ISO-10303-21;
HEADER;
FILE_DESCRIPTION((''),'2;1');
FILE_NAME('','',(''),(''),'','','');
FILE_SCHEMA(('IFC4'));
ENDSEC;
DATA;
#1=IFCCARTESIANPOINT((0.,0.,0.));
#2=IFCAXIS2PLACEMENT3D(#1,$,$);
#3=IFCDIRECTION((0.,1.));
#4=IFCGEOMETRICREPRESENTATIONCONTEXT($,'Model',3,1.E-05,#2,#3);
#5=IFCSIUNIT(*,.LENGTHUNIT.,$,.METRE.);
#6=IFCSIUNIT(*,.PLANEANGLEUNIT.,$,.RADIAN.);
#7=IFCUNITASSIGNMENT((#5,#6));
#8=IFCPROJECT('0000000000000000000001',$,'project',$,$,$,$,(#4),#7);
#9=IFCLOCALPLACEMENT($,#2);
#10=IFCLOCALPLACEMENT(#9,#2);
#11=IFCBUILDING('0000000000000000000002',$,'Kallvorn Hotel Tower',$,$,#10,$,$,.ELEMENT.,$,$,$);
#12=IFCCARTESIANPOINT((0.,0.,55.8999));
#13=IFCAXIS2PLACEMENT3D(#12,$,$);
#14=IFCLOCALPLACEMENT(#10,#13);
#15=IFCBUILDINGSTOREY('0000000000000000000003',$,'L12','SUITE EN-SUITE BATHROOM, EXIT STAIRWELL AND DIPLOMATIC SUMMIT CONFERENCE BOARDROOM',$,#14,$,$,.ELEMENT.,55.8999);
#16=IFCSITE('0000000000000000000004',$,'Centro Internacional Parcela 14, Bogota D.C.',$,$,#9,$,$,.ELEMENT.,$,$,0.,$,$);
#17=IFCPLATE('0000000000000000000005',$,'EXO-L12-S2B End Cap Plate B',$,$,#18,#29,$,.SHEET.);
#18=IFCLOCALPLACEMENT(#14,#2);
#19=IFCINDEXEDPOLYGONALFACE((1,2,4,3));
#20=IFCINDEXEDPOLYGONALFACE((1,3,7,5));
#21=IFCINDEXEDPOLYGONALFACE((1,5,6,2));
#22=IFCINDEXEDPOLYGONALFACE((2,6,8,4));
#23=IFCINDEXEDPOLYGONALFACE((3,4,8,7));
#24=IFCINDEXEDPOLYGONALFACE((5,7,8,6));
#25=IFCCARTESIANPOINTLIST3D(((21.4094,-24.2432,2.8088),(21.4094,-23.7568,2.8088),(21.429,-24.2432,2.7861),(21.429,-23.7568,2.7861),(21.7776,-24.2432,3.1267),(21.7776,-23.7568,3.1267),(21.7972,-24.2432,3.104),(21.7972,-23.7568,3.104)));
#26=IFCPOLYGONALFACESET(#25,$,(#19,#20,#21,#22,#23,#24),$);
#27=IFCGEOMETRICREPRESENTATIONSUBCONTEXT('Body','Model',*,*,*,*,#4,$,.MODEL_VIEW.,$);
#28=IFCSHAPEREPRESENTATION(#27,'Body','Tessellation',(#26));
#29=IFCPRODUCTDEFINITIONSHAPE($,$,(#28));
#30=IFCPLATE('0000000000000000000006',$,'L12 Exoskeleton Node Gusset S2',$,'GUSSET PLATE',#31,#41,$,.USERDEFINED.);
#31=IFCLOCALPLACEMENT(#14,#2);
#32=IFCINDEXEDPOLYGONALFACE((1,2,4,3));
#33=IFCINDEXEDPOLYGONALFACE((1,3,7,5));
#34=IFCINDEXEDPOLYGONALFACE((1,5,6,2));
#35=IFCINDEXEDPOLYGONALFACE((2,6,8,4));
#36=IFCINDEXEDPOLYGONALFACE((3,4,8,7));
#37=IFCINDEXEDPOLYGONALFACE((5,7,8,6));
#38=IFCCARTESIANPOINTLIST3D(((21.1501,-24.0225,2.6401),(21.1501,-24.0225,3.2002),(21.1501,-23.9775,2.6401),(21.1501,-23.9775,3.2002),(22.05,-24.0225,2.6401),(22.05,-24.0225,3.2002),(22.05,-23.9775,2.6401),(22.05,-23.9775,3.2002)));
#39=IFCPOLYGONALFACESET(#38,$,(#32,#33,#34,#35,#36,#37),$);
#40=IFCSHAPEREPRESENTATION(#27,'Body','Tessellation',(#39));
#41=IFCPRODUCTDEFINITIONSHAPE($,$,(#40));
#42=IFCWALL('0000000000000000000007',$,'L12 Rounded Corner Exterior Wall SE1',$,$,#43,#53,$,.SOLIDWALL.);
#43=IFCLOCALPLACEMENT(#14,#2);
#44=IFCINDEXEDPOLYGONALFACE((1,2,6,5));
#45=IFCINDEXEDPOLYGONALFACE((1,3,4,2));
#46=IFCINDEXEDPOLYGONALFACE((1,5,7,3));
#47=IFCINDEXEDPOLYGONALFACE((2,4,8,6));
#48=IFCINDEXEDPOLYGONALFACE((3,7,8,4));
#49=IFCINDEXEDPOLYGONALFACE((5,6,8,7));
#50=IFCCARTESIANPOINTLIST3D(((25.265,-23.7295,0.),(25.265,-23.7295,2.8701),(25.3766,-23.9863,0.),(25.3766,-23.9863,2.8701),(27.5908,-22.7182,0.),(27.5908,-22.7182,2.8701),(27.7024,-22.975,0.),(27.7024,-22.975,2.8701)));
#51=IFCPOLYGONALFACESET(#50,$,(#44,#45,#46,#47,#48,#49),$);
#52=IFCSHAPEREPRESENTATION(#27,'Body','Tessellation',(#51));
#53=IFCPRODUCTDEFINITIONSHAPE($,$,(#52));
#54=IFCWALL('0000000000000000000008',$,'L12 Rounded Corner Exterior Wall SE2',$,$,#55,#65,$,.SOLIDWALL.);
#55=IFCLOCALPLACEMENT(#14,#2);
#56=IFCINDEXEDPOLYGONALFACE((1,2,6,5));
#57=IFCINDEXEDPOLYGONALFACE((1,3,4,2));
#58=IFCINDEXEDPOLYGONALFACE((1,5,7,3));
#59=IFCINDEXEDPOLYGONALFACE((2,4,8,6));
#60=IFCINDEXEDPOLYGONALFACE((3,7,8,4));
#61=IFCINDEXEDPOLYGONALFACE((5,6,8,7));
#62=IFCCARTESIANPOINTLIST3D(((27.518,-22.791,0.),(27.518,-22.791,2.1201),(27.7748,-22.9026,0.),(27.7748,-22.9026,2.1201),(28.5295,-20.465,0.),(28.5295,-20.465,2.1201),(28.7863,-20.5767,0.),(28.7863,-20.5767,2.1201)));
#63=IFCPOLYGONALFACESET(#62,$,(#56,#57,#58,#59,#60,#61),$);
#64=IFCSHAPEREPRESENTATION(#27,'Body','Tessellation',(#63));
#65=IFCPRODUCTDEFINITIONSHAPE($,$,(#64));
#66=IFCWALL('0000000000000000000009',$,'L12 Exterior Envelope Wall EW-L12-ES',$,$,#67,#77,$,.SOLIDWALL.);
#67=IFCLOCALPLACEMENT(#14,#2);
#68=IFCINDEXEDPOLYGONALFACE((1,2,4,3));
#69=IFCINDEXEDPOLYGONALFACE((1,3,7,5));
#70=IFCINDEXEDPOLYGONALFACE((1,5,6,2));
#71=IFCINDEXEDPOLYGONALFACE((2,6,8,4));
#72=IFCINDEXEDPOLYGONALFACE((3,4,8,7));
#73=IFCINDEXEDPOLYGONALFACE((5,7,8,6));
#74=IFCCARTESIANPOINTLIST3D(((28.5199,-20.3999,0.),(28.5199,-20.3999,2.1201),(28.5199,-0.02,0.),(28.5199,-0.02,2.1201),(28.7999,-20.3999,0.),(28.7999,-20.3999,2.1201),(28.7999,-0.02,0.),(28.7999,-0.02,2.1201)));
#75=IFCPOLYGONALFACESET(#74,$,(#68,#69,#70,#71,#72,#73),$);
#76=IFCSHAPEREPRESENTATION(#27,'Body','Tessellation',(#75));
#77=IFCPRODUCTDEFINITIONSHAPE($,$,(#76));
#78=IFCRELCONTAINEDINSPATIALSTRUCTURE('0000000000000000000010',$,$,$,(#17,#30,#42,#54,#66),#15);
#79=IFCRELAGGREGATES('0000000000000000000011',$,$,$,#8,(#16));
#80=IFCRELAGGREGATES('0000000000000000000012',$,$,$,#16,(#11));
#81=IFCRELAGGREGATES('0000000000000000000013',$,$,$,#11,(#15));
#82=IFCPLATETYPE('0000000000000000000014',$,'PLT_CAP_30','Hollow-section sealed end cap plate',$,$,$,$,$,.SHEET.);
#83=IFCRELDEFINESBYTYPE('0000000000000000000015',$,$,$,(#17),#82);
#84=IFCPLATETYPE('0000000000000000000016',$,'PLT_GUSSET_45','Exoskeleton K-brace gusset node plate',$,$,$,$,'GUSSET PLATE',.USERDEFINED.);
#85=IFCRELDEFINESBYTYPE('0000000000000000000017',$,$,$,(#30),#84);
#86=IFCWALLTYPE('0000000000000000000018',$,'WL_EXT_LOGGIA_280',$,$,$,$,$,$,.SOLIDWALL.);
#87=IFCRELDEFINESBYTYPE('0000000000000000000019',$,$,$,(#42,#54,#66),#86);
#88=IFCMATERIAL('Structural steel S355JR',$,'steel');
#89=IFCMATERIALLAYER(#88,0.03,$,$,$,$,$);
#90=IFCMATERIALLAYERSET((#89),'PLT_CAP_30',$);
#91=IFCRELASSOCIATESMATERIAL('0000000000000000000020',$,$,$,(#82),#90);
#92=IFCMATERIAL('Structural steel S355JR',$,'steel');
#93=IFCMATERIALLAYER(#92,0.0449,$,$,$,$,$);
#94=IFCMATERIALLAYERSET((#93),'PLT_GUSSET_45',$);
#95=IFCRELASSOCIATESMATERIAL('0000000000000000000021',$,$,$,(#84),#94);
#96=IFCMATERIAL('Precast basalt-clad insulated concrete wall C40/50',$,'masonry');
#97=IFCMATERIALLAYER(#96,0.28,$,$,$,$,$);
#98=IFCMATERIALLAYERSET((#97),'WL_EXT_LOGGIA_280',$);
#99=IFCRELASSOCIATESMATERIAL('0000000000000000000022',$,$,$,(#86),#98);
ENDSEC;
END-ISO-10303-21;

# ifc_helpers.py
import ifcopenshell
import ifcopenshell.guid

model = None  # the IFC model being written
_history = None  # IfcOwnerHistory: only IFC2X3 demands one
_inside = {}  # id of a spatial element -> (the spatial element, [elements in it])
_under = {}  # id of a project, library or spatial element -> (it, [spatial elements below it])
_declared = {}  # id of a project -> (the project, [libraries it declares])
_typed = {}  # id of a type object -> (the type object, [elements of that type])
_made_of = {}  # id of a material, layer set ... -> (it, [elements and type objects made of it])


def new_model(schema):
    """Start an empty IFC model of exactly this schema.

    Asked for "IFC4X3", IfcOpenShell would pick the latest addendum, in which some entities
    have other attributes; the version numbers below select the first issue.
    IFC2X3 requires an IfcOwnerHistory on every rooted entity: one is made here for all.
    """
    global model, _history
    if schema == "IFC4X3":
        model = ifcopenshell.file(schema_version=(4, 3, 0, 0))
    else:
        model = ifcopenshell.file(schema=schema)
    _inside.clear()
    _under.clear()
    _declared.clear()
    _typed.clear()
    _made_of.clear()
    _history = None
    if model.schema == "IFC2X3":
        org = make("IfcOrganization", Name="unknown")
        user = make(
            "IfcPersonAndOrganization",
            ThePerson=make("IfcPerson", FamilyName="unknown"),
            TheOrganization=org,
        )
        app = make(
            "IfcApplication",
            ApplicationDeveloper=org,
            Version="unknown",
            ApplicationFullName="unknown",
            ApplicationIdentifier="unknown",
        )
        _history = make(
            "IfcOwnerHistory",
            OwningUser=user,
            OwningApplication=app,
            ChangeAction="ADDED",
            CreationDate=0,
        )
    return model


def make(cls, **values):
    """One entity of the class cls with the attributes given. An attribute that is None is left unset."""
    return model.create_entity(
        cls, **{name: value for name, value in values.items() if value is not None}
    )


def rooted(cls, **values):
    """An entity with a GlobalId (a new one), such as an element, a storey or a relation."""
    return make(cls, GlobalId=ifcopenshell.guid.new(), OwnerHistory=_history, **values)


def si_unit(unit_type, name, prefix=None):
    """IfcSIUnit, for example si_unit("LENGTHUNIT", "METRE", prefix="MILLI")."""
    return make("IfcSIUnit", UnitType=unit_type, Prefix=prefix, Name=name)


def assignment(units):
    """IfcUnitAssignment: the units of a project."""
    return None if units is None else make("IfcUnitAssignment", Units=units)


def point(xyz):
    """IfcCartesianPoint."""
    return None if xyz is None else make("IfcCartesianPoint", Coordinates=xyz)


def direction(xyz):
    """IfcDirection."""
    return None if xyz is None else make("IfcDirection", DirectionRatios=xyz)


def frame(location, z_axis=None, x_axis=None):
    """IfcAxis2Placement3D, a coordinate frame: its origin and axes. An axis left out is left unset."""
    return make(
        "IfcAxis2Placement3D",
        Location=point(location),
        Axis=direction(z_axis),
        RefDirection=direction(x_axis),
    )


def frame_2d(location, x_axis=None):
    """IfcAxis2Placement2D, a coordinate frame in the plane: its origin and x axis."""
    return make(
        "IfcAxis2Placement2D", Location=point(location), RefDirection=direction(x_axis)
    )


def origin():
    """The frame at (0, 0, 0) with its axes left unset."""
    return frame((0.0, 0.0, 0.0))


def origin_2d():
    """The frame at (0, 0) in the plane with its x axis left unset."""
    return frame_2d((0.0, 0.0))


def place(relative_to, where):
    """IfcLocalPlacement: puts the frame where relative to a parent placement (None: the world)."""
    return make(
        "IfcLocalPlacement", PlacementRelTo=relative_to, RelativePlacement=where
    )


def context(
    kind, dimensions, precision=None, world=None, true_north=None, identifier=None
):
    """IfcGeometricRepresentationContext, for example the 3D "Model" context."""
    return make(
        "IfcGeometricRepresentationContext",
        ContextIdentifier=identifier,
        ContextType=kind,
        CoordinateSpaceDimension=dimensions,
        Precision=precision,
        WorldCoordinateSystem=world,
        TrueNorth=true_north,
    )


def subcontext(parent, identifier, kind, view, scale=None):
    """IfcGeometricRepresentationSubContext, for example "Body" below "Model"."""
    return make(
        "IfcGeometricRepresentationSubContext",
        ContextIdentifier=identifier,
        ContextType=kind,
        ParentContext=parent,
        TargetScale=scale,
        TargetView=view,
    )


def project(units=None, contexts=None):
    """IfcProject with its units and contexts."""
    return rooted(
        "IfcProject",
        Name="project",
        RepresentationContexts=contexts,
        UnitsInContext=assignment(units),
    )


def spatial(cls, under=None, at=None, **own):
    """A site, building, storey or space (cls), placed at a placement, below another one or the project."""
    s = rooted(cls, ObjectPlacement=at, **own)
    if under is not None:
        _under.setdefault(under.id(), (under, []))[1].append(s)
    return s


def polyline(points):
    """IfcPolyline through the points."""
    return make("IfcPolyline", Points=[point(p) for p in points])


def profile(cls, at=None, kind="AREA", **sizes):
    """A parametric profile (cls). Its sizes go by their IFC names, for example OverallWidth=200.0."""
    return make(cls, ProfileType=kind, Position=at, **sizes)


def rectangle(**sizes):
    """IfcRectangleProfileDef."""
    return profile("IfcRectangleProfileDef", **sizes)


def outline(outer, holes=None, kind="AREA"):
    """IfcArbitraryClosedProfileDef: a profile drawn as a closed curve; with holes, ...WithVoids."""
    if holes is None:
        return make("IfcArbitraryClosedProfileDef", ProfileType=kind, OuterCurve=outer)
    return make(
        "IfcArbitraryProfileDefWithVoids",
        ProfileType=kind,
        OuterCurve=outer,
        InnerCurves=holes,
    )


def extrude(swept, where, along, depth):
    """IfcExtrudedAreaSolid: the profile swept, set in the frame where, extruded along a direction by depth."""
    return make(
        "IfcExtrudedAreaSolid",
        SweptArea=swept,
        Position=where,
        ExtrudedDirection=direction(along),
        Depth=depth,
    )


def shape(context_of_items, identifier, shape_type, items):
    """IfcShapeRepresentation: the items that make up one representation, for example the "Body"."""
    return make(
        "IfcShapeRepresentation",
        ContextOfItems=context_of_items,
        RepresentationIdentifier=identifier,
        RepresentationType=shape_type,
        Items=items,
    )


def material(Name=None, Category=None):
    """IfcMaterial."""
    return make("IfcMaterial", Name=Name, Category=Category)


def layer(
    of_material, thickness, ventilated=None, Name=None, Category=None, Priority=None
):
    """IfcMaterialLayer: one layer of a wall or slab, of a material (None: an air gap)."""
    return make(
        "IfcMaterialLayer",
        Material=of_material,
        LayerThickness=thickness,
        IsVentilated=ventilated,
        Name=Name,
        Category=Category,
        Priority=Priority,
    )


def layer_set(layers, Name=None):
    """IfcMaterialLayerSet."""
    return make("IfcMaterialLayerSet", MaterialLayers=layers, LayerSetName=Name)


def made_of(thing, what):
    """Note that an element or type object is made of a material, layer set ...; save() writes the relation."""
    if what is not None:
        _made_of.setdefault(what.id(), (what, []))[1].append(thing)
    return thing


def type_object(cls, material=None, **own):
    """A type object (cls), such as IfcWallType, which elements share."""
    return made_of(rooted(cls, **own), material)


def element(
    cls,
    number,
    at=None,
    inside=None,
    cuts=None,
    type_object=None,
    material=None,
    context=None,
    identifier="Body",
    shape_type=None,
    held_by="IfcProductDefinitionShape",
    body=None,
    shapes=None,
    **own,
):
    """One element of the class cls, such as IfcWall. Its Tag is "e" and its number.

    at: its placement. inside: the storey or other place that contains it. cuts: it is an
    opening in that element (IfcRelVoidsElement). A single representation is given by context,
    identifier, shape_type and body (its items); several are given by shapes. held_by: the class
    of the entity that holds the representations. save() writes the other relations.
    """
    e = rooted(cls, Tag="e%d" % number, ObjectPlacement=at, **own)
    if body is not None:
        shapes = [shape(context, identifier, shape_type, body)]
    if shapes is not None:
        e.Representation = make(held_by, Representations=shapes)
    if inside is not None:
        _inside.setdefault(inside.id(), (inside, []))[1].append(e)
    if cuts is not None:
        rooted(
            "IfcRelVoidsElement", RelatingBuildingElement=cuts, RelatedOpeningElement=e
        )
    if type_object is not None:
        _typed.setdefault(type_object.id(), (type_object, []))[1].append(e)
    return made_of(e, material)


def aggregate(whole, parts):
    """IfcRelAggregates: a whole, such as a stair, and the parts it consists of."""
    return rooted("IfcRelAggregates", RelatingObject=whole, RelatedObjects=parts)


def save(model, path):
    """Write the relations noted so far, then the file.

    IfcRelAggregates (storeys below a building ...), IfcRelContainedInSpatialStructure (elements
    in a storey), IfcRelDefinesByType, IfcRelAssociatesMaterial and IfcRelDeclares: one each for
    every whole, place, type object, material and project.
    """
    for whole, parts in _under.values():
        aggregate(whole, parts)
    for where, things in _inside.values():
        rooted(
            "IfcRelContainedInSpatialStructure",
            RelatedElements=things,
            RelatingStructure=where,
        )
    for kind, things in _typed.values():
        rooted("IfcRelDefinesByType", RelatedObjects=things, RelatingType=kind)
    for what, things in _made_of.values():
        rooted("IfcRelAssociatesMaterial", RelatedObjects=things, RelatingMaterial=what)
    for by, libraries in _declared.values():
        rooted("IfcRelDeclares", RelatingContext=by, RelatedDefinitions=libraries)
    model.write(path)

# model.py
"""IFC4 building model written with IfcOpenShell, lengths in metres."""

from ifc_helpers import new_model, si_unit, direction, frame, frame_2d, origin, origin_2d, place, context, subcontext, project, spatial, polyline, rectangle, outline, extrude, material, layer, layer_set, type_object, element, save


model = new_model("IFC4")

# Units and contexts
model_context = context("Model", 3, precision=1e-05, world=origin(), true_north=direction((0.0, 1.0)))
body_context = subcontext(model_context, "Body", "Model", "MODEL_VIEW")
ifc_project = project(units=[si_unit("LENGTHUNIT", "METRE"), si_unit("PLANEANGLEUNIT", "RADIAN")], contexts=[model_context])

# Site, building, storey
site_placement = place(None, origin())
site = spatial("IfcSite", under=ifc_project, at=site_placement, Name="Centro Internacional Parcela 14, Bogota D.C.", CompositionType="ELEMENT", RefElevation=0.0)
building_placement = place(site_placement, origin())
building = spatial("IfcBuilding", under=site, at=building_placement, Name="Kallvorn Hotel Tower", CompositionType="ELEMENT")
storey_placement = place(building_placement, frame((0.0, 0.0, 55.8999)))
storey = spatial("IfcBuildingStorey", under=building, at=storey_placement, Name="L12", Description="SUITE EN-SUITE BATHROOM, EXIT STAIRWELL AND DIPLOMATIC SUMMIT CONFERENCE BOARDROOM", CompositionType="ELEMENT", Elevation=55.8999)

# Plates
ifc_material_1 = material(Name="Structural steel S355JR", Category="steel")
ifc_layer_1 = layer(ifc_material_1, 0.03)
ifc_layer_set_1 = layer_set([ifc_layer_1], Name="PLT_CAP_30")
plate_type_1 = type_object("IfcPlateType", Name="PLT_CAP_30", Description="Hollow-section sealed end cap plate", PredefinedType="SHEET", material=ifc_layer_set_1)
for number, where, z_axis, x_axis, name in (
    (1, (21.4094, -23.7568, 2.8088), (-0.653515, 0.0, 0.756913), (0.0, -1.0, 0.0), "EXO-L12-S2B End Cap Plate B"),
):
    element("IfcPlate", number, at=place(storey_placement, frame(where, z_axis=z_axis, x_axis=x_axis)), inside=storey, type_object=plate_type_1, Name=name, PredefinedType="SHEET", context=body_context, shape_type="SweptSolid", body=[
        extrude(outline(polyline([(0.0, 0.0), (0.4863, 0.0), (0.4863, 0.4864), (0.0, 0.4864), (0.0, 0.0)])), origin(), (0.0, 0.0, -1.0), 0.03),
    ])
ifc_material_2 = material(Name="Structural steel S355JR", Category="steel")
ifc_layer_2 = layer(ifc_material_2, 0.0449)
ifc_layer_set_2 = layer_set([ifc_layer_2], Name="PLT_GUSSET_45")
plate_type_2 = type_object("IfcPlateType", Name="PLT_GUSSET_45", Description="Exoskeleton K-brace gusset node plate", ElementType="GUSSET PLATE", PredefinedType="USERDEFINED", material=ifc_layer_set_2)
plate_1_placement = place(storey_placement, frame((21.6001, -24.0, 2.6401), z_axis=(0.0, 0.0, 1.0), x_axis=(1.0, 0.0, 0.0)))
element("IfcPlate", 2, at=plate_1_placement, inside=storey, type_object=plate_type_2, Name="L12 Exoskeleton Node Gusset S2", ObjectType="GUSSET PLATE", PredefinedType="USERDEFINED", context=body_context, shape_type="SweptSolid", body=[
    extrude(rectangle(XDim=0.8999, YDim=0.0449, at=origin_2d()), origin(), (0.0, 0.0, 1.0), 0.5601),
])

# Walls
ifc_material_3 = material(Name="Precast basalt-clad insulated concrete wall C40/50", Category="masonry")
ifc_layer_3 = layer(ifc_material_3, 0.28)
ifc_layer_set_3 = layer_set([ifc_layer_3], Name="WL_EXT_LOGGIA_280")
wall_type = type_object("IfcWallType", Name="WL_EXT_LOGGIA_280", PredefinedType="SOLIDWALL", material=ifc_layer_set_3)
wall_1_placement = place(storey_placement, frame((25.3208, -23.8579, 0.0), z_axis=(0.0, 0.0, 1.0), x_axis=(0.917061, 0.398747, 0.0)))
element("IfcWall", 3, at=wall_1_placement, inside=storey, type_object=wall_type, Name="L12 Rounded Corner Exterior Wall SE1", PredefinedType="SOLIDWALL", context=body_context, shape_type="SweptSolid", body=[
    extrude(rectangle(XDim=2.5361, YDim=0.28, at=frame_2d((1.2681, 0.0))), origin(), (0.0, 0.0, 1.0), 2.8701),
])
wall_2_placement = place(storey_placement, frame((27.6465, -22.8467, 0.0), z_axis=(0.0, 0.0, 1.0), x_axis=(0.398793, 0.917041, 0.0)))
element("IfcWall", 4, at=wall_2_placement, inside=storey, type_object=wall_type, Name="L12 Rounded Corner Exterior Wall SE2", PredefinedType="SOLIDWALL", context=body_context, shape_type="SweptSolid", body=[
    extrude(rectangle(XDim=2.5364, YDim=0.28, at=frame_2d((1.2681, 0.0))), origin(), (0.0, 0.0, 1.0), 2.1201),
])
wall_3_placement = place(storey_placement, frame((28.6599, -20.3999, 0.0), z_axis=(0.0, 0.0, 1.0), x_axis=(0.0, 1.0, 0.0)))
element("IfcWall", 5, at=wall_3_placement, inside=storey, type_object=wall_type, Name="L12 Exterior Envelope Wall EW-L12-ES", PredefinedType="SOLIDWALL", context=body_context, shape_type="SweptSolid", body=[
    extrude(rectangle(XDim=20.3799, YDim=0.28, at=frame_2d((10.1899, 0.0))), origin(), (0.0, 0.0, 1.0), 2.1201),
])

save(model, "model.ifc")
